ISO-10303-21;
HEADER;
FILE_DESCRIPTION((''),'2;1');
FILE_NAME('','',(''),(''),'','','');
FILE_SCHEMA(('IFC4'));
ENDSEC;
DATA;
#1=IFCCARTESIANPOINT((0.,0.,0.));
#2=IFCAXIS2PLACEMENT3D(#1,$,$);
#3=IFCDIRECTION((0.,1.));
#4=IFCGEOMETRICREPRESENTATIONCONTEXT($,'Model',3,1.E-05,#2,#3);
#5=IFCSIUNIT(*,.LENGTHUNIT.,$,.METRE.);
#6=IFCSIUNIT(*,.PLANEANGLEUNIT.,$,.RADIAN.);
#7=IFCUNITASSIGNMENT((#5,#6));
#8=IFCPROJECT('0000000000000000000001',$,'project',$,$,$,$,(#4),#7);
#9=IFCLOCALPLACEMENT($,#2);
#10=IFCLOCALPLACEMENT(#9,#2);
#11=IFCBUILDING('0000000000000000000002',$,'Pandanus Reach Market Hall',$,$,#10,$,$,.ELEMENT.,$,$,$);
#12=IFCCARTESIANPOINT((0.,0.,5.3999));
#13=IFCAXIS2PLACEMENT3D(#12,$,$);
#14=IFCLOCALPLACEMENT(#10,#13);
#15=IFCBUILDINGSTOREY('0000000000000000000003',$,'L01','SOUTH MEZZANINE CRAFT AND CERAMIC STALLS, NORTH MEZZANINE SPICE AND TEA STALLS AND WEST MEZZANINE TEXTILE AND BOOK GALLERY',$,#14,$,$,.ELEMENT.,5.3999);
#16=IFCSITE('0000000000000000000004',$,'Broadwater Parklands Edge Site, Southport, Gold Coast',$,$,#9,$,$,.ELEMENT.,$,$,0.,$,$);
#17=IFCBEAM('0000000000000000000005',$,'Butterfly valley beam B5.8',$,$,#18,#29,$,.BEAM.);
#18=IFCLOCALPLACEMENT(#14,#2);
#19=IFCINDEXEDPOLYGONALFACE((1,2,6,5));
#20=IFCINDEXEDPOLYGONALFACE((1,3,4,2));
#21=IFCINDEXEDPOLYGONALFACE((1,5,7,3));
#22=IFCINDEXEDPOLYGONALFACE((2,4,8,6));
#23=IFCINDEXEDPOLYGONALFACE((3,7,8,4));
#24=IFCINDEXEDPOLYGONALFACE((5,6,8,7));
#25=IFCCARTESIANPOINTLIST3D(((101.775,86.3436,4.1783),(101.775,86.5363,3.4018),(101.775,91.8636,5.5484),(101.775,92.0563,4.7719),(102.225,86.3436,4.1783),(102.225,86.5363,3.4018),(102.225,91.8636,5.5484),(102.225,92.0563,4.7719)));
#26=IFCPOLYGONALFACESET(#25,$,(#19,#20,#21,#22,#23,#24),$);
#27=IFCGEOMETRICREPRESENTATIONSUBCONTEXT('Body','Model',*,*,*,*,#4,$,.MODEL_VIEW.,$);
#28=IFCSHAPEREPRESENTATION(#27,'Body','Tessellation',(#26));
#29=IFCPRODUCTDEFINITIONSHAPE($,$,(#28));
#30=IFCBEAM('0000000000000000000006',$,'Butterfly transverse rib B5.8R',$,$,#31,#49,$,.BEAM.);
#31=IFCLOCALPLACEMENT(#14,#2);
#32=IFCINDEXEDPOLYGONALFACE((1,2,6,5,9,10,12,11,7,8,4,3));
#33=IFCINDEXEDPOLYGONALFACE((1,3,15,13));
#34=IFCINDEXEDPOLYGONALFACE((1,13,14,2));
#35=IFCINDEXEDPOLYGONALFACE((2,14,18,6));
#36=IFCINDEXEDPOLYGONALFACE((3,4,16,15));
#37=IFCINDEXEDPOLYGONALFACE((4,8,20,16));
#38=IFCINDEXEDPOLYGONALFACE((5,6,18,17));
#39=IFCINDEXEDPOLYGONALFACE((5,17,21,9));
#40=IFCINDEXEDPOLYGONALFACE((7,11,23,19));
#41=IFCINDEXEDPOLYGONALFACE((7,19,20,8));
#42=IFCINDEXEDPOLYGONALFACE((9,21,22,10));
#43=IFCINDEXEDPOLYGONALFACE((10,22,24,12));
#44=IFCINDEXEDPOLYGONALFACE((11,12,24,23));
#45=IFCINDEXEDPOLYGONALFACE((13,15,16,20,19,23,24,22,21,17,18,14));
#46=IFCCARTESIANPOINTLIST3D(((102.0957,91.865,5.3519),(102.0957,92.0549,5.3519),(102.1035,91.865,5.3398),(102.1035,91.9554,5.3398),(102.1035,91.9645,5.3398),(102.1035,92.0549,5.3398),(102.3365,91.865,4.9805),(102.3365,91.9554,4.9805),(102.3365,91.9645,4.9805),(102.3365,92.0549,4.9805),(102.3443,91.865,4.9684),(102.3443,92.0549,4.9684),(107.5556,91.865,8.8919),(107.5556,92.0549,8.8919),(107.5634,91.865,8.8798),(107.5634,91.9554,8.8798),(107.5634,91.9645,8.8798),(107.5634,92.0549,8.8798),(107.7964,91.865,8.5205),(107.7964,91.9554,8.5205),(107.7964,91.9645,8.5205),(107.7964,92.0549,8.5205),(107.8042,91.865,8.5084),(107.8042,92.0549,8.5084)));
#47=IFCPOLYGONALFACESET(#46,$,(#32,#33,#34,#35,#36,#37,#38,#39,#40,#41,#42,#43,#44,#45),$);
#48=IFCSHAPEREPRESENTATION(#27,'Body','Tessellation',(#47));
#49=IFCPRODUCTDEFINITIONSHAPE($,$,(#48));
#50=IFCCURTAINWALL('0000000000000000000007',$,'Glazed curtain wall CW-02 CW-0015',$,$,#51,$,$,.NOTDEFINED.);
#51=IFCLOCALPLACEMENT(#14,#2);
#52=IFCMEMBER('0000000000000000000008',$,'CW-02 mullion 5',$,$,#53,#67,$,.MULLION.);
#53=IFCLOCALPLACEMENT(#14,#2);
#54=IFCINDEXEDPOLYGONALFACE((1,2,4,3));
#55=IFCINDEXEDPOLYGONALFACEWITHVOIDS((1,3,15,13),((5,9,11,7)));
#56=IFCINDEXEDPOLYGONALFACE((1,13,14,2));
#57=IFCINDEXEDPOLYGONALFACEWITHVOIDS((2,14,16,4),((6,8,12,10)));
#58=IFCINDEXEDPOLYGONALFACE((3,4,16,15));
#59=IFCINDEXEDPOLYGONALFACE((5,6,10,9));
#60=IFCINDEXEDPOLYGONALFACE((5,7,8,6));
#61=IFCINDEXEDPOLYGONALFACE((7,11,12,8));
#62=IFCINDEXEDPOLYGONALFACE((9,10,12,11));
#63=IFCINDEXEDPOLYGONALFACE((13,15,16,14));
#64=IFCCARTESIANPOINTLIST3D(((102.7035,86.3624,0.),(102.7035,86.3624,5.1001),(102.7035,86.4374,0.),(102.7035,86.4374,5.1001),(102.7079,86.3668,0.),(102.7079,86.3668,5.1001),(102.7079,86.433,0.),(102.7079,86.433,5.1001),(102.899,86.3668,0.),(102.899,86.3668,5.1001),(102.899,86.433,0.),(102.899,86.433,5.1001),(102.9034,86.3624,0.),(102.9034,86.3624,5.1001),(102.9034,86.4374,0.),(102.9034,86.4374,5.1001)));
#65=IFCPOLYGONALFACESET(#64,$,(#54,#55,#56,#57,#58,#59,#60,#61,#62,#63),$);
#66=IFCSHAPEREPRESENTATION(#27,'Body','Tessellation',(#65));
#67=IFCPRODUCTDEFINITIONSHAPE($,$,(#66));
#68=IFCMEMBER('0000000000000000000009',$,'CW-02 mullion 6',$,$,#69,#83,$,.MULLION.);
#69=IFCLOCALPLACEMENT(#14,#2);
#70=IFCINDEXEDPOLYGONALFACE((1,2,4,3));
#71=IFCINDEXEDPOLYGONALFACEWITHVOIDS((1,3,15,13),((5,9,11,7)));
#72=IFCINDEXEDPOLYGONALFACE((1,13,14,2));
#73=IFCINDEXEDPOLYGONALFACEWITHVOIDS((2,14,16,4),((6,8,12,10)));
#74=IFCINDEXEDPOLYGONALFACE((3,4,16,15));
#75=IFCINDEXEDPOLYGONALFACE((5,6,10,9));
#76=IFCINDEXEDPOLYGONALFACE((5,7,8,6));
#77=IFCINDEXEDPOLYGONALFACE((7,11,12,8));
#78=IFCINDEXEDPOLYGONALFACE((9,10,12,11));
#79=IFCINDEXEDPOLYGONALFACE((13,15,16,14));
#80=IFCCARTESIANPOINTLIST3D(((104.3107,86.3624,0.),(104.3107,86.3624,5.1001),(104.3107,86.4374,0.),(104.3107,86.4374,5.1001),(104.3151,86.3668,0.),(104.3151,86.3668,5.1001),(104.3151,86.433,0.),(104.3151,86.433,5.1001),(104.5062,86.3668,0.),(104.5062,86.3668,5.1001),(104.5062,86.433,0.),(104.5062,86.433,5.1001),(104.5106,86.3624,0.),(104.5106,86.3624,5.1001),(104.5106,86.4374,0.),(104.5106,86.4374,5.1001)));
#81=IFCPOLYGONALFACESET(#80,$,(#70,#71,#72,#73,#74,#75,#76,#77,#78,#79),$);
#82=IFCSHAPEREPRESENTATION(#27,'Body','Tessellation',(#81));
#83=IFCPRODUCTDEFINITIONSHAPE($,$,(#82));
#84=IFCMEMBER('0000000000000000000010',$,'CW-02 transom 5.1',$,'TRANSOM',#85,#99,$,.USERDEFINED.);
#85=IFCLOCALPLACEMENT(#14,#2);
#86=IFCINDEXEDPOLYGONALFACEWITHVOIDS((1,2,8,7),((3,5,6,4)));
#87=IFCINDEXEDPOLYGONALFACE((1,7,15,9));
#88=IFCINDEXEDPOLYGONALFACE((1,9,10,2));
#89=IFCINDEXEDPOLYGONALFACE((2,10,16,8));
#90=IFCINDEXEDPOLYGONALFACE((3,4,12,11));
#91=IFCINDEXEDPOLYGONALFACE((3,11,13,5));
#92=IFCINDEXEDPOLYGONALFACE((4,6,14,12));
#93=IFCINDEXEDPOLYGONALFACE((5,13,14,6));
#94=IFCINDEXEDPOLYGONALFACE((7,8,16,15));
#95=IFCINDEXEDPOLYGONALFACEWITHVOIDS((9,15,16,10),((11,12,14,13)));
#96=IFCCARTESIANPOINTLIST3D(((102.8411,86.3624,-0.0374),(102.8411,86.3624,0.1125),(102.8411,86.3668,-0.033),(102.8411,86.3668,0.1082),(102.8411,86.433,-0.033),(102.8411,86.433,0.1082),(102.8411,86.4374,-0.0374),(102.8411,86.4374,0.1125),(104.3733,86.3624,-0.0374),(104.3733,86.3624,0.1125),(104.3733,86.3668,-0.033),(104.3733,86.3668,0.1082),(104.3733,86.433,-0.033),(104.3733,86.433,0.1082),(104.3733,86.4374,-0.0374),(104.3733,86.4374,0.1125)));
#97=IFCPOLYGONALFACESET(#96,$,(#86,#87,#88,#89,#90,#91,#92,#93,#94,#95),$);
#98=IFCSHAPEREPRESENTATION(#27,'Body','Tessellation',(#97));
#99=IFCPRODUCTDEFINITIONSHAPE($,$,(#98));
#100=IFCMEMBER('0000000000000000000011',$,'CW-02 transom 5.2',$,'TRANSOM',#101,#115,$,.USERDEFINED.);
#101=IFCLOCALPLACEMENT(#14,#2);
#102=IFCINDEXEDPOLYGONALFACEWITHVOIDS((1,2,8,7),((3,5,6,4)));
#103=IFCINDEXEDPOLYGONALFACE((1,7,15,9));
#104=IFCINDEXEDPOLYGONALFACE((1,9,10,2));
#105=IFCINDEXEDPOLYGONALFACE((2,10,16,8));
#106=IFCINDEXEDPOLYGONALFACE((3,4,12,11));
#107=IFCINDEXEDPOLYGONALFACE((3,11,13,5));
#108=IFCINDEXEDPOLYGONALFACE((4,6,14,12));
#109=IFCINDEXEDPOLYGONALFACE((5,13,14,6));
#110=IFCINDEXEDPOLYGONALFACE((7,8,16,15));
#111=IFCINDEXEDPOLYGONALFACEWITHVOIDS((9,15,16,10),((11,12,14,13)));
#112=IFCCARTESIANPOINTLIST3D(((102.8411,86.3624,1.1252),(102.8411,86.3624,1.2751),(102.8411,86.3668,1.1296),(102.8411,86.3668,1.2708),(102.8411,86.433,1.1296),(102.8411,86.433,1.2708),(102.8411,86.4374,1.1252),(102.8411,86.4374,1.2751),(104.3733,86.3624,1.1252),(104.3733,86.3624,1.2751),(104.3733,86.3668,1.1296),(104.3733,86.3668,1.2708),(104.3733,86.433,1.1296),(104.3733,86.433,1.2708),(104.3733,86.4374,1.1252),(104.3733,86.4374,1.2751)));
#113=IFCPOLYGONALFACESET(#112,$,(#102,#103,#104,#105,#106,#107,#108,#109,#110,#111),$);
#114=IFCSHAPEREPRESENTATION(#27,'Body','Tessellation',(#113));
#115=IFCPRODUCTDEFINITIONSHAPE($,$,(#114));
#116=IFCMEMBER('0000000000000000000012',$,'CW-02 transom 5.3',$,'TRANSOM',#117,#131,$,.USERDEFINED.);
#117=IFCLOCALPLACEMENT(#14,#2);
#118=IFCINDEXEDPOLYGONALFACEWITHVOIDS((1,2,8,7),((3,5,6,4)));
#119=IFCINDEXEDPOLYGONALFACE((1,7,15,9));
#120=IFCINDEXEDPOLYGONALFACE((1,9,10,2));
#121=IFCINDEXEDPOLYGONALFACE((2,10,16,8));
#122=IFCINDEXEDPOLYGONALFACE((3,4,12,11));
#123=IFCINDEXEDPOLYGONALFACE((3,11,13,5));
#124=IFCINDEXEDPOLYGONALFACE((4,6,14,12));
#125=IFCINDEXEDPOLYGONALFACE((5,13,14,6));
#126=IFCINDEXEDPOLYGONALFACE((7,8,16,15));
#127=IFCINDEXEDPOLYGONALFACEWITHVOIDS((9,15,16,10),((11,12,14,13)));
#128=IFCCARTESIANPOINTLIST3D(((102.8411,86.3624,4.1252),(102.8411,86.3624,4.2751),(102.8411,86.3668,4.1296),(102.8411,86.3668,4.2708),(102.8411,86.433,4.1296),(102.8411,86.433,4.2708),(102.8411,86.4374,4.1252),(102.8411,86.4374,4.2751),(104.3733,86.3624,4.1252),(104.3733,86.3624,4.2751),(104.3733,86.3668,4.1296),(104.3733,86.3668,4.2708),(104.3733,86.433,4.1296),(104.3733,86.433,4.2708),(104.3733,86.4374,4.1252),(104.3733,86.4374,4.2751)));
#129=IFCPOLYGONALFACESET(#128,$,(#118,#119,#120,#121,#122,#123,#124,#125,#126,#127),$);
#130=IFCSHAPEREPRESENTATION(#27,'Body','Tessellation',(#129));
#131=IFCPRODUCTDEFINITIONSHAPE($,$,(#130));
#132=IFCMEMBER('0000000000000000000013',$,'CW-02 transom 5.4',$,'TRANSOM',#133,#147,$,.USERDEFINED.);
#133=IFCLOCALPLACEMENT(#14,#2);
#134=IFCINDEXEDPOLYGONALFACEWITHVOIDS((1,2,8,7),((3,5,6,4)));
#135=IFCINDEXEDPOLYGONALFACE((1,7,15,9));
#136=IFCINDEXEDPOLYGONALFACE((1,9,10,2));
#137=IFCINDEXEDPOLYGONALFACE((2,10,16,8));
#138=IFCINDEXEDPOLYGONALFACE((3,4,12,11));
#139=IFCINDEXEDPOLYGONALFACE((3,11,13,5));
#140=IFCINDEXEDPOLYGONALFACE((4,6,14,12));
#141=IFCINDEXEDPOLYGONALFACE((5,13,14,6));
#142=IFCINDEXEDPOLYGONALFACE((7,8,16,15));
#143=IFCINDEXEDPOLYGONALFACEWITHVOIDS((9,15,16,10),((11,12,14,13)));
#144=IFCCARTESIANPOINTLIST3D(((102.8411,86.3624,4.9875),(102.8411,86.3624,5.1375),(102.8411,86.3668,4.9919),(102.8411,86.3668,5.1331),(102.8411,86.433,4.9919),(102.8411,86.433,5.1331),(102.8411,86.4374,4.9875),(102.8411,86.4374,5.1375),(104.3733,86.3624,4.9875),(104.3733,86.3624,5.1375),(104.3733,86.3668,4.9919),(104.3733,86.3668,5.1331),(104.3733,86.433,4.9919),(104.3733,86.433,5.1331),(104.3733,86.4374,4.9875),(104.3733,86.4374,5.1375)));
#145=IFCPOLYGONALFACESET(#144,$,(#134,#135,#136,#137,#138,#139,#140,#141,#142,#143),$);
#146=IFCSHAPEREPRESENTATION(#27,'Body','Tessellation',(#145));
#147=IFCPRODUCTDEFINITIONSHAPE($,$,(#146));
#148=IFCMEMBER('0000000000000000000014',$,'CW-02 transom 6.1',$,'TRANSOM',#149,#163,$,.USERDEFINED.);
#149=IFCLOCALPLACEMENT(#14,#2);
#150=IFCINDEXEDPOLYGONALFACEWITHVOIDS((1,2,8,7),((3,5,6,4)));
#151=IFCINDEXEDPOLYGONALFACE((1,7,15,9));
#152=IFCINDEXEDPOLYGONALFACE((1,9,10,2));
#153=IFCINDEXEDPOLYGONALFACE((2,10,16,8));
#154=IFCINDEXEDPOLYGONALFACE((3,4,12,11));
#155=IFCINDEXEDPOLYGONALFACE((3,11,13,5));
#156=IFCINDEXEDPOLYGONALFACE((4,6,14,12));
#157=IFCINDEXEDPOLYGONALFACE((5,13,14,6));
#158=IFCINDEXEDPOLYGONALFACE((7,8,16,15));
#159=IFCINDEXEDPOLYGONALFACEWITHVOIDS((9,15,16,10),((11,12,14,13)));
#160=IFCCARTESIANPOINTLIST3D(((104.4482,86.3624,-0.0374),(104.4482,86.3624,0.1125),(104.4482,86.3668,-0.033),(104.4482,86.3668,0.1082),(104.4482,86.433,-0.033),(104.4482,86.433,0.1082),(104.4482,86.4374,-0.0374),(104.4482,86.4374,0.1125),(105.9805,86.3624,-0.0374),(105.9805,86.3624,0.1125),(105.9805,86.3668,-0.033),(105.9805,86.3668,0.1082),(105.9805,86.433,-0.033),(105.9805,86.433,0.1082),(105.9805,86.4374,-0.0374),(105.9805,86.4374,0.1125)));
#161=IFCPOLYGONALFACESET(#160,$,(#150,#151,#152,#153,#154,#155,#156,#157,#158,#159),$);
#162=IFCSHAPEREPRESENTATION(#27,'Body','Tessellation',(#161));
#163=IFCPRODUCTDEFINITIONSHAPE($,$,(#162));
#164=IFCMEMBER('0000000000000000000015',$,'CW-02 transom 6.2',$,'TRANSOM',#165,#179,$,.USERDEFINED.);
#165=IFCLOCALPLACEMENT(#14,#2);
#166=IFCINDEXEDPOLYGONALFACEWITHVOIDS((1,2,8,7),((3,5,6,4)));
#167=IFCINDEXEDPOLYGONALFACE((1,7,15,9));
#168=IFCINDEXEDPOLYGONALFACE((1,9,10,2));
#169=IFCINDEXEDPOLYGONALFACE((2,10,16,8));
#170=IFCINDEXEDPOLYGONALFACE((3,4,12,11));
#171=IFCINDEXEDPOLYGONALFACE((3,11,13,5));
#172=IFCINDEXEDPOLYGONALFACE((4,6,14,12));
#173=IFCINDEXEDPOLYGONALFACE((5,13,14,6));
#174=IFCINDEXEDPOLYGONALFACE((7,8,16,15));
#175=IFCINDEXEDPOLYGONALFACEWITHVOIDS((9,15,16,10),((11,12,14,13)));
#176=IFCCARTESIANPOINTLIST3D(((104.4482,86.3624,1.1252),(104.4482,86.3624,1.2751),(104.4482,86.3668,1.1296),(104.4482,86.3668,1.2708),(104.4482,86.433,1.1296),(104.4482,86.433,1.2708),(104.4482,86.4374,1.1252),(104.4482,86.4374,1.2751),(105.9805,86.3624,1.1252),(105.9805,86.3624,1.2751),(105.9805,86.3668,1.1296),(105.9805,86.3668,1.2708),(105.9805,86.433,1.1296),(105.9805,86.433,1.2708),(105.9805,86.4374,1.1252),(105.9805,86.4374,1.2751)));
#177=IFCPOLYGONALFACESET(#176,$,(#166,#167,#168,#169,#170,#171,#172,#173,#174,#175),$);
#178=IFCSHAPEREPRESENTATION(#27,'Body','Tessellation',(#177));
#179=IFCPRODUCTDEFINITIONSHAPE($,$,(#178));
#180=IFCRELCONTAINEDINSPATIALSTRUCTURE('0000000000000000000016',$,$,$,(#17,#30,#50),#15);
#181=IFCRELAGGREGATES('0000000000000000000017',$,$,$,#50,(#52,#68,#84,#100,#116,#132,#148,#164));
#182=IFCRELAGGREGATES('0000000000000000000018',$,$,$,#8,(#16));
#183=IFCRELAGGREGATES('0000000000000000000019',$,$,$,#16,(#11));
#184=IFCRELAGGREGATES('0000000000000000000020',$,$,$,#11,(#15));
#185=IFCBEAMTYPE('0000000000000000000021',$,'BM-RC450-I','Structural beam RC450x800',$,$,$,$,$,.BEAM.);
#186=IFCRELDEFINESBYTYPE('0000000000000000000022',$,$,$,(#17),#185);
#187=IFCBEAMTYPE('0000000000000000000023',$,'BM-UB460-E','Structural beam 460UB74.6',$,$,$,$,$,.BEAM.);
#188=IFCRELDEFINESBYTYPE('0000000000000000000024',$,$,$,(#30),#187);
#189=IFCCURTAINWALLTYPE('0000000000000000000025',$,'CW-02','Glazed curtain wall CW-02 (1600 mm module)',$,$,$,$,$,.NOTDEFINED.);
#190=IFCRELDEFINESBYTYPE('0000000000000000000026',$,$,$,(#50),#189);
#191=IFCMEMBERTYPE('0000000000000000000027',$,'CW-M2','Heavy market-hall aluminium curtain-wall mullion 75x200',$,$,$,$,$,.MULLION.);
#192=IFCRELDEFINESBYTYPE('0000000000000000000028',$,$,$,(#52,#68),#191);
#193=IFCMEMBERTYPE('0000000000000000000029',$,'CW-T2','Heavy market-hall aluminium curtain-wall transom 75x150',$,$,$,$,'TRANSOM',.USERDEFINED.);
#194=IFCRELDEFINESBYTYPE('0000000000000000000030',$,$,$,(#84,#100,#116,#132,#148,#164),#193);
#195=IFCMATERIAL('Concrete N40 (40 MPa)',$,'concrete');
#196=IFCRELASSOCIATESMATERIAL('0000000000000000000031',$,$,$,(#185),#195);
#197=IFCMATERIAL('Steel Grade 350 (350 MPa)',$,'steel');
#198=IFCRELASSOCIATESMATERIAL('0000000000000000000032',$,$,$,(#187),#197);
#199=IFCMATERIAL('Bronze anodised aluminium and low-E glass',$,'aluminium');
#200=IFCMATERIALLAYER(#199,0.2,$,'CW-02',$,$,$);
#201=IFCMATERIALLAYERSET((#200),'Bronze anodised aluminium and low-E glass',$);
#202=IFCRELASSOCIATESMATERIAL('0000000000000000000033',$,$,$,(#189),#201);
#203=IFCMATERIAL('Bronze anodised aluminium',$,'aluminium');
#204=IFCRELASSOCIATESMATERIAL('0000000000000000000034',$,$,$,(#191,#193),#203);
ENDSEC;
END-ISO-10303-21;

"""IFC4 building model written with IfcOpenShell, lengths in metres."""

from ifc_helpers import new_model, si_unit, direction, frame, origin, origin_2d, place, context, subcontext, project, spatial, rectangle, hollow_rectangle, i_section, extrude, material, layer, layer_set, material_profile, profile_set, type_object, element, aggregate, save


model = new_model("IFC4")

# Units and contexts
model_context = context("Model", 3, precision=1e-05, world=origin(), true_north=direction((0.0, 1.0)))
body_context = subcontext(model_context, "Body", "Model", "MODEL_VIEW")
ifc_project = project(units=[si_unit("LENGTHUNIT", "METRE"), si_unit("PLANEANGLEUNIT", "RADIAN")], contexts=[model_context])

# Site, building, storey
site_placement = place(None, origin())
site = spatial("IfcSite", under=ifc_project, at=site_placement, Name="Broadwater Parklands Edge Site, Southport, Gold Coast", CompositionType="ELEMENT", RefElevation=0.0)
building_placement = place(site_placement, origin())
building = spatial("IfcBuilding", under=site, at=building_placement, Name="Pandanus Reach Market Hall", CompositionType="ELEMENT")
storey_placement = place(building_placement, frame((0.0, 0.0, 5.3999)))
storey = spatial("IfcBuildingStorey", under=building, at=storey_placement, Name="L01", Description="SOUTH MEZZANINE CRAFT AND CERAMIC STALLS, NORTH MEZZANINE SPICE AND TEA STALLS AND WEST MEZZANINE TEXTILE AND BOOK GALLERY", CompositionType="ELEMENT", Elevation=5.3999)

# Beams
ifc_material_1 = material(Name="Concrete N40 (40 MPa)", Category="concrete")
ifc_material_profile_1 = material_profile(ifc_material_1, rectangle(XDim=0.45, YDim=0.8, at=origin_2d()), Name="RC450x800", Category="LoadBearing")
ifc_profile_set_1 = profile_set([ifc_material_profile_1], Name="Concrete N40 (40 MPa)")
beam_type_1 = type_object("IfcBeamType", Name="BM-RC450-I", Description="Structural beam RC450x800", PredefinedType="BEAM", material=ifc_profile_set_1)
beam_1_placement = place(storey_placement, frame((102.0, 86.4399, 3.79), z_axis=(0.0, 0.97055, 0.240899), x_axis=(-1.0, 0.0, 0.0)))
element("IfcBeam", 1, at=beam_1_placement, inside=storey, type_object=beam_type_1, Name="Butterfly valley beam B5.8", PredefinedType="BEAM", context=body_context, shape_type="SweptSolid", body=[
    extrude(rectangle(XDim=0.45, YDim=0.8, at=origin_2d()), origin(), (0.0, 0.0, 1.0), 5.6875),
])
ifc_material_2 = material(Name="Steel Grade 350 (350 MPa)", Category="steel")
ifc_material_profile_2 = material_profile(ifc_material_2, i_section(OverallWidth=0.1899, OverallDepth=0.457, WebThickness=0.009, FlangeThickness=0.0144, at=origin_2d()), Name="460UB74.6", Category="LoadBearing")
ifc_profile_set_2 = profile_set([ifc_material_profile_2], Name="Steel Grade 350 (350 MPa)")
beam_type_2 = type_object("IfcBeamType", Name="BM-UB460-E", Description="Structural beam 460UB74.6", PredefinedType="BEAM", material=ifc_profile_set_2)
beam_2_placement = place(storey_placement, frame((102.22, 91.96, 5.1602), z_axis=(0.839071, 0.0, 0.544023), x_axis=(0.0, 1.0, 0.0)))
element("IfcBeam", 2, at=beam_2_placement, inside=storey, type_object=beam_type_2, Name="Butterfly transverse rib B5.8R", PredefinedType="BEAM", context=body_context, shape_type="SweptSolid", body=[
    extrude(i_section(OverallWidth=0.1899, OverallDepth=0.457, WebThickness=0.009, FlangeThickness=0.0144, at=origin_2d()), origin(), (0.0, 0.0, 1.0), 6.5071),
])

# Curtain wall, members
ifc_material_3 = material(Name="Bronze anodised aluminium and low-E glass", Category="aluminium")
ifc_layer_1 = layer(ifc_material_3, 0.2, Name="CW-02")
ifc_layer_set_1 = layer_set([ifc_layer_1], Name="Bronze anodised aluminium and low-E glass")
curtain_wall_type = type_object("IfcCurtainWallType", Name="CW-02", Description="Glazed curtain wall CW-02 (1600 mm module)", PredefinedType="NOTDEFINED", material=ifc_layer_set_1)
curtain_wall_placement = place(storey_placement, origin())
curtain_wall = element("IfcCurtainWall", 3, at=curtain_wall_placement, inside=storey, type_object=curtain_wall_type, Name="Glazed curtain wall CW-02 CW-0015", PredefinedType="NOTDEFINED")
ifc_material_4 = material(Name="Bronze anodised aluminium", Category="aluminium")
ifc_material_profile_3 = material_profile(ifc_material_4, hollow_rectangle(XDim=0.075, YDim=0.2, WallThickness=0.0044, at=origin_2d()), Name="ALU75x200", Category="LoadBearing")
ifc_profile_set_3 = profile_set([ifc_material_profile_3], Name="Bronze anodised aluminium")
member_type_1 = type_object("IfcMemberType", Name="CW-M2", Description="Heavy market-hall aluminium curtain-wall mullion 75x200", PredefinedType="MULLION", material=ifc_profile_set_3)
member_1_placement = place(storey_placement, frame((102.8035, 86.3999, 0.0), z_axis=(0.0, 0.0, 1.0), x_axis=(0.0, 1.0, 0.0)))
member_1 = element("IfcMember", 4, at=member_1_placement, type_object=member_type_1, Name="CW-02 mullion 5", PredefinedType="MULLION", context=body_context, shape_type="SweptSolid", body=[
    extrude(hollow_rectangle(XDim=0.075, YDim=0.2, WallThickness=0.0044, at=origin_2d()), origin(), (0.0, 0.0, 1.0), 5.1001),
])
member_2_placement = place(storey_placement, frame((104.4106, 86.3999, 0.0), z_axis=(0.0, 0.0, 1.0), x_axis=(0.0, 1.0, 0.0)))
member_2 = element("IfcMember", 5, at=member_2_placement, type_object=member_type_1, Name="CW-02 mullion 6", PredefinedType="MULLION", context=body_context, shape_type="SweptSolid", body=[
    extrude(hollow_rectangle(XDim=0.075, YDim=0.2, WallThickness=0.0044, at=origin_2d()), origin(), (0.0, 0.0, 1.0), 5.1001),
])
ifc_material_profile_4 = material_profile(ifc_material_4, hollow_rectangle(XDim=0.075, YDim=0.1499, WallThickness=0.0044, at=origin_2d()), Name="ALU75x150", Category="LoadBearing")
ifc_profile_set_4 = profile_set([ifc_material_profile_4], Name="Bronze anodised aluminium")
member_type_2 = type_object("IfcMemberType", Name="CW-T2", Description="Heavy market-hall aluminium curtain-wall transom 75x150", ElementType="TRANSOM", PredefinedType="USERDEFINED", material=ifc_profile_set_4)
member_3_placement = place(storey_placement, frame((102.8411, 86.3999, 0.0376), z_axis=(1.0, 0.0, 0.0), x_axis=(0.0, 1.0, 0.0)))
member_3 = element("IfcMember", 6, at=member_3_placement, type_object=member_type_2, Name="CW-02 transom 5.1", ObjectType="TRANSOM", PredefinedType="USERDEFINED", context=body_context, shape_type="SweptSolid", body=[
    extrude(hollow_rectangle(XDim=0.075, YDim=0.1499, WallThickness=0.0044, at=origin_2d()), origin(), (0.0, 0.0, 1.0), 1.5322),
])
member_4_placement = place(storey_placement, frame((102.8411, 86.3999, 1.2002), z_axis=(1.0, 0.0, 0.0), x_axis=(0.0, 1.0, 0.0)))
member_4 = element("IfcMember", 7, at=member_4_placement, type_object=member_type_2, Name="CW-02 transom 5.2", ObjectType="TRANSOM", PredefinedType="USERDEFINED", context=body_context, shape_type="SweptSolid", body=[
    extrude(hollow_rectangle(XDim=0.075, YDim=0.1499, WallThickness=0.0044, at=origin_2d()), origin(), (0.0, 0.0, 1.0), 1.5322),
])
member_5_placement = place(storey_placement, frame((102.8411, 86.3999, 4.2002), z_axis=(1.0, 0.0, 0.0), x_axis=(0.0, 1.0, 0.0)))
member_5 = element("IfcMember", 8, at=member_5_placement, type_object=member_type_2, Name="CW-02 transom 5.3", ObjectType="TRANSOM", PredefinedType="USERDEFINED", context=body_context, shape_type="SweptSolid", body=[
    extrude(hollow_rectangle(XDim=0.075, YDim=0.1499, WallThickness=0.0044, at=origin_2d()), origin(), (0.0, 0.0, 1.0), 1.5322),
])
member_6_placement = place(storey_placement, frame((102.8411, 86.3999, 5.0625), z_axis=(1.0, 0.0, 0.0), x_axis=(0.0, 1.0, 0.0)))
member_6 = element("IfcMember", 9, at=member_6_placement, type_object=member_type_2, Name="CW-02 transom 5.4", ObjectType="TRANSOM", PredefinedType="USERDEFINED", context=body_context, shape_type="SweptSolid", body=[
    extrude(hollow_rectangle(XDim=0.075, YDim=0.1499, WallThickness=0.0044, at=origin_2d()), origin(), (0.0, 0.0, 1.0), 1.5322),
])
member_7_placement = place(storey_placement, frame((104.4482, 86.3999, 0.0376), z_axis=(1.0, 0.0, 0.0), x_axis=(0.0, 1.0, 0.0)))
member_7 = element("IfcMember", 10, at=member_7_placement, type_object=member_type_2, Name="CW-02 transom 6.1", ObjectType="TRANSOM", PredefinedType="USERDEFINED", context=body_context, shape_type="SweptSolid", body=[
    extrude(hollow_rectangle(XDim=0.075, YDim=0.1499, WallThickness=0.0044, at=origin_2d()), origin(), (0.0, 0.0, 1.0), 1.5322),
])
member_8_placement = place(storey_placement, frame((104.4482, 86.3999, 1.2002), z_axis=(1.0, 0.0, 0.0), x_axis=(0.0, 1.0, 0.0)))
member_8 = element("IfcMember", 11, at=member_8_placement, type_object=member_type_2, Name="CW-02 transom 6.2", ObjectType="TRANSOM", PredefinedType="USERDEFINED", context=body_context, shape_type="SweptSolid", body=[
    extrude(hollow_rectangle(XDim=0.075, YDim=0.1499, WallThickness=0.0044, at=origin_2d()), origin(), (0.0, 0.0, 1.0), 1.5322),
])
aggregate(curtain_wall, [member_1, member_2, member_3, member_4, member_5, member_6, member_7, member_8])

save(model, "model.ifc")
